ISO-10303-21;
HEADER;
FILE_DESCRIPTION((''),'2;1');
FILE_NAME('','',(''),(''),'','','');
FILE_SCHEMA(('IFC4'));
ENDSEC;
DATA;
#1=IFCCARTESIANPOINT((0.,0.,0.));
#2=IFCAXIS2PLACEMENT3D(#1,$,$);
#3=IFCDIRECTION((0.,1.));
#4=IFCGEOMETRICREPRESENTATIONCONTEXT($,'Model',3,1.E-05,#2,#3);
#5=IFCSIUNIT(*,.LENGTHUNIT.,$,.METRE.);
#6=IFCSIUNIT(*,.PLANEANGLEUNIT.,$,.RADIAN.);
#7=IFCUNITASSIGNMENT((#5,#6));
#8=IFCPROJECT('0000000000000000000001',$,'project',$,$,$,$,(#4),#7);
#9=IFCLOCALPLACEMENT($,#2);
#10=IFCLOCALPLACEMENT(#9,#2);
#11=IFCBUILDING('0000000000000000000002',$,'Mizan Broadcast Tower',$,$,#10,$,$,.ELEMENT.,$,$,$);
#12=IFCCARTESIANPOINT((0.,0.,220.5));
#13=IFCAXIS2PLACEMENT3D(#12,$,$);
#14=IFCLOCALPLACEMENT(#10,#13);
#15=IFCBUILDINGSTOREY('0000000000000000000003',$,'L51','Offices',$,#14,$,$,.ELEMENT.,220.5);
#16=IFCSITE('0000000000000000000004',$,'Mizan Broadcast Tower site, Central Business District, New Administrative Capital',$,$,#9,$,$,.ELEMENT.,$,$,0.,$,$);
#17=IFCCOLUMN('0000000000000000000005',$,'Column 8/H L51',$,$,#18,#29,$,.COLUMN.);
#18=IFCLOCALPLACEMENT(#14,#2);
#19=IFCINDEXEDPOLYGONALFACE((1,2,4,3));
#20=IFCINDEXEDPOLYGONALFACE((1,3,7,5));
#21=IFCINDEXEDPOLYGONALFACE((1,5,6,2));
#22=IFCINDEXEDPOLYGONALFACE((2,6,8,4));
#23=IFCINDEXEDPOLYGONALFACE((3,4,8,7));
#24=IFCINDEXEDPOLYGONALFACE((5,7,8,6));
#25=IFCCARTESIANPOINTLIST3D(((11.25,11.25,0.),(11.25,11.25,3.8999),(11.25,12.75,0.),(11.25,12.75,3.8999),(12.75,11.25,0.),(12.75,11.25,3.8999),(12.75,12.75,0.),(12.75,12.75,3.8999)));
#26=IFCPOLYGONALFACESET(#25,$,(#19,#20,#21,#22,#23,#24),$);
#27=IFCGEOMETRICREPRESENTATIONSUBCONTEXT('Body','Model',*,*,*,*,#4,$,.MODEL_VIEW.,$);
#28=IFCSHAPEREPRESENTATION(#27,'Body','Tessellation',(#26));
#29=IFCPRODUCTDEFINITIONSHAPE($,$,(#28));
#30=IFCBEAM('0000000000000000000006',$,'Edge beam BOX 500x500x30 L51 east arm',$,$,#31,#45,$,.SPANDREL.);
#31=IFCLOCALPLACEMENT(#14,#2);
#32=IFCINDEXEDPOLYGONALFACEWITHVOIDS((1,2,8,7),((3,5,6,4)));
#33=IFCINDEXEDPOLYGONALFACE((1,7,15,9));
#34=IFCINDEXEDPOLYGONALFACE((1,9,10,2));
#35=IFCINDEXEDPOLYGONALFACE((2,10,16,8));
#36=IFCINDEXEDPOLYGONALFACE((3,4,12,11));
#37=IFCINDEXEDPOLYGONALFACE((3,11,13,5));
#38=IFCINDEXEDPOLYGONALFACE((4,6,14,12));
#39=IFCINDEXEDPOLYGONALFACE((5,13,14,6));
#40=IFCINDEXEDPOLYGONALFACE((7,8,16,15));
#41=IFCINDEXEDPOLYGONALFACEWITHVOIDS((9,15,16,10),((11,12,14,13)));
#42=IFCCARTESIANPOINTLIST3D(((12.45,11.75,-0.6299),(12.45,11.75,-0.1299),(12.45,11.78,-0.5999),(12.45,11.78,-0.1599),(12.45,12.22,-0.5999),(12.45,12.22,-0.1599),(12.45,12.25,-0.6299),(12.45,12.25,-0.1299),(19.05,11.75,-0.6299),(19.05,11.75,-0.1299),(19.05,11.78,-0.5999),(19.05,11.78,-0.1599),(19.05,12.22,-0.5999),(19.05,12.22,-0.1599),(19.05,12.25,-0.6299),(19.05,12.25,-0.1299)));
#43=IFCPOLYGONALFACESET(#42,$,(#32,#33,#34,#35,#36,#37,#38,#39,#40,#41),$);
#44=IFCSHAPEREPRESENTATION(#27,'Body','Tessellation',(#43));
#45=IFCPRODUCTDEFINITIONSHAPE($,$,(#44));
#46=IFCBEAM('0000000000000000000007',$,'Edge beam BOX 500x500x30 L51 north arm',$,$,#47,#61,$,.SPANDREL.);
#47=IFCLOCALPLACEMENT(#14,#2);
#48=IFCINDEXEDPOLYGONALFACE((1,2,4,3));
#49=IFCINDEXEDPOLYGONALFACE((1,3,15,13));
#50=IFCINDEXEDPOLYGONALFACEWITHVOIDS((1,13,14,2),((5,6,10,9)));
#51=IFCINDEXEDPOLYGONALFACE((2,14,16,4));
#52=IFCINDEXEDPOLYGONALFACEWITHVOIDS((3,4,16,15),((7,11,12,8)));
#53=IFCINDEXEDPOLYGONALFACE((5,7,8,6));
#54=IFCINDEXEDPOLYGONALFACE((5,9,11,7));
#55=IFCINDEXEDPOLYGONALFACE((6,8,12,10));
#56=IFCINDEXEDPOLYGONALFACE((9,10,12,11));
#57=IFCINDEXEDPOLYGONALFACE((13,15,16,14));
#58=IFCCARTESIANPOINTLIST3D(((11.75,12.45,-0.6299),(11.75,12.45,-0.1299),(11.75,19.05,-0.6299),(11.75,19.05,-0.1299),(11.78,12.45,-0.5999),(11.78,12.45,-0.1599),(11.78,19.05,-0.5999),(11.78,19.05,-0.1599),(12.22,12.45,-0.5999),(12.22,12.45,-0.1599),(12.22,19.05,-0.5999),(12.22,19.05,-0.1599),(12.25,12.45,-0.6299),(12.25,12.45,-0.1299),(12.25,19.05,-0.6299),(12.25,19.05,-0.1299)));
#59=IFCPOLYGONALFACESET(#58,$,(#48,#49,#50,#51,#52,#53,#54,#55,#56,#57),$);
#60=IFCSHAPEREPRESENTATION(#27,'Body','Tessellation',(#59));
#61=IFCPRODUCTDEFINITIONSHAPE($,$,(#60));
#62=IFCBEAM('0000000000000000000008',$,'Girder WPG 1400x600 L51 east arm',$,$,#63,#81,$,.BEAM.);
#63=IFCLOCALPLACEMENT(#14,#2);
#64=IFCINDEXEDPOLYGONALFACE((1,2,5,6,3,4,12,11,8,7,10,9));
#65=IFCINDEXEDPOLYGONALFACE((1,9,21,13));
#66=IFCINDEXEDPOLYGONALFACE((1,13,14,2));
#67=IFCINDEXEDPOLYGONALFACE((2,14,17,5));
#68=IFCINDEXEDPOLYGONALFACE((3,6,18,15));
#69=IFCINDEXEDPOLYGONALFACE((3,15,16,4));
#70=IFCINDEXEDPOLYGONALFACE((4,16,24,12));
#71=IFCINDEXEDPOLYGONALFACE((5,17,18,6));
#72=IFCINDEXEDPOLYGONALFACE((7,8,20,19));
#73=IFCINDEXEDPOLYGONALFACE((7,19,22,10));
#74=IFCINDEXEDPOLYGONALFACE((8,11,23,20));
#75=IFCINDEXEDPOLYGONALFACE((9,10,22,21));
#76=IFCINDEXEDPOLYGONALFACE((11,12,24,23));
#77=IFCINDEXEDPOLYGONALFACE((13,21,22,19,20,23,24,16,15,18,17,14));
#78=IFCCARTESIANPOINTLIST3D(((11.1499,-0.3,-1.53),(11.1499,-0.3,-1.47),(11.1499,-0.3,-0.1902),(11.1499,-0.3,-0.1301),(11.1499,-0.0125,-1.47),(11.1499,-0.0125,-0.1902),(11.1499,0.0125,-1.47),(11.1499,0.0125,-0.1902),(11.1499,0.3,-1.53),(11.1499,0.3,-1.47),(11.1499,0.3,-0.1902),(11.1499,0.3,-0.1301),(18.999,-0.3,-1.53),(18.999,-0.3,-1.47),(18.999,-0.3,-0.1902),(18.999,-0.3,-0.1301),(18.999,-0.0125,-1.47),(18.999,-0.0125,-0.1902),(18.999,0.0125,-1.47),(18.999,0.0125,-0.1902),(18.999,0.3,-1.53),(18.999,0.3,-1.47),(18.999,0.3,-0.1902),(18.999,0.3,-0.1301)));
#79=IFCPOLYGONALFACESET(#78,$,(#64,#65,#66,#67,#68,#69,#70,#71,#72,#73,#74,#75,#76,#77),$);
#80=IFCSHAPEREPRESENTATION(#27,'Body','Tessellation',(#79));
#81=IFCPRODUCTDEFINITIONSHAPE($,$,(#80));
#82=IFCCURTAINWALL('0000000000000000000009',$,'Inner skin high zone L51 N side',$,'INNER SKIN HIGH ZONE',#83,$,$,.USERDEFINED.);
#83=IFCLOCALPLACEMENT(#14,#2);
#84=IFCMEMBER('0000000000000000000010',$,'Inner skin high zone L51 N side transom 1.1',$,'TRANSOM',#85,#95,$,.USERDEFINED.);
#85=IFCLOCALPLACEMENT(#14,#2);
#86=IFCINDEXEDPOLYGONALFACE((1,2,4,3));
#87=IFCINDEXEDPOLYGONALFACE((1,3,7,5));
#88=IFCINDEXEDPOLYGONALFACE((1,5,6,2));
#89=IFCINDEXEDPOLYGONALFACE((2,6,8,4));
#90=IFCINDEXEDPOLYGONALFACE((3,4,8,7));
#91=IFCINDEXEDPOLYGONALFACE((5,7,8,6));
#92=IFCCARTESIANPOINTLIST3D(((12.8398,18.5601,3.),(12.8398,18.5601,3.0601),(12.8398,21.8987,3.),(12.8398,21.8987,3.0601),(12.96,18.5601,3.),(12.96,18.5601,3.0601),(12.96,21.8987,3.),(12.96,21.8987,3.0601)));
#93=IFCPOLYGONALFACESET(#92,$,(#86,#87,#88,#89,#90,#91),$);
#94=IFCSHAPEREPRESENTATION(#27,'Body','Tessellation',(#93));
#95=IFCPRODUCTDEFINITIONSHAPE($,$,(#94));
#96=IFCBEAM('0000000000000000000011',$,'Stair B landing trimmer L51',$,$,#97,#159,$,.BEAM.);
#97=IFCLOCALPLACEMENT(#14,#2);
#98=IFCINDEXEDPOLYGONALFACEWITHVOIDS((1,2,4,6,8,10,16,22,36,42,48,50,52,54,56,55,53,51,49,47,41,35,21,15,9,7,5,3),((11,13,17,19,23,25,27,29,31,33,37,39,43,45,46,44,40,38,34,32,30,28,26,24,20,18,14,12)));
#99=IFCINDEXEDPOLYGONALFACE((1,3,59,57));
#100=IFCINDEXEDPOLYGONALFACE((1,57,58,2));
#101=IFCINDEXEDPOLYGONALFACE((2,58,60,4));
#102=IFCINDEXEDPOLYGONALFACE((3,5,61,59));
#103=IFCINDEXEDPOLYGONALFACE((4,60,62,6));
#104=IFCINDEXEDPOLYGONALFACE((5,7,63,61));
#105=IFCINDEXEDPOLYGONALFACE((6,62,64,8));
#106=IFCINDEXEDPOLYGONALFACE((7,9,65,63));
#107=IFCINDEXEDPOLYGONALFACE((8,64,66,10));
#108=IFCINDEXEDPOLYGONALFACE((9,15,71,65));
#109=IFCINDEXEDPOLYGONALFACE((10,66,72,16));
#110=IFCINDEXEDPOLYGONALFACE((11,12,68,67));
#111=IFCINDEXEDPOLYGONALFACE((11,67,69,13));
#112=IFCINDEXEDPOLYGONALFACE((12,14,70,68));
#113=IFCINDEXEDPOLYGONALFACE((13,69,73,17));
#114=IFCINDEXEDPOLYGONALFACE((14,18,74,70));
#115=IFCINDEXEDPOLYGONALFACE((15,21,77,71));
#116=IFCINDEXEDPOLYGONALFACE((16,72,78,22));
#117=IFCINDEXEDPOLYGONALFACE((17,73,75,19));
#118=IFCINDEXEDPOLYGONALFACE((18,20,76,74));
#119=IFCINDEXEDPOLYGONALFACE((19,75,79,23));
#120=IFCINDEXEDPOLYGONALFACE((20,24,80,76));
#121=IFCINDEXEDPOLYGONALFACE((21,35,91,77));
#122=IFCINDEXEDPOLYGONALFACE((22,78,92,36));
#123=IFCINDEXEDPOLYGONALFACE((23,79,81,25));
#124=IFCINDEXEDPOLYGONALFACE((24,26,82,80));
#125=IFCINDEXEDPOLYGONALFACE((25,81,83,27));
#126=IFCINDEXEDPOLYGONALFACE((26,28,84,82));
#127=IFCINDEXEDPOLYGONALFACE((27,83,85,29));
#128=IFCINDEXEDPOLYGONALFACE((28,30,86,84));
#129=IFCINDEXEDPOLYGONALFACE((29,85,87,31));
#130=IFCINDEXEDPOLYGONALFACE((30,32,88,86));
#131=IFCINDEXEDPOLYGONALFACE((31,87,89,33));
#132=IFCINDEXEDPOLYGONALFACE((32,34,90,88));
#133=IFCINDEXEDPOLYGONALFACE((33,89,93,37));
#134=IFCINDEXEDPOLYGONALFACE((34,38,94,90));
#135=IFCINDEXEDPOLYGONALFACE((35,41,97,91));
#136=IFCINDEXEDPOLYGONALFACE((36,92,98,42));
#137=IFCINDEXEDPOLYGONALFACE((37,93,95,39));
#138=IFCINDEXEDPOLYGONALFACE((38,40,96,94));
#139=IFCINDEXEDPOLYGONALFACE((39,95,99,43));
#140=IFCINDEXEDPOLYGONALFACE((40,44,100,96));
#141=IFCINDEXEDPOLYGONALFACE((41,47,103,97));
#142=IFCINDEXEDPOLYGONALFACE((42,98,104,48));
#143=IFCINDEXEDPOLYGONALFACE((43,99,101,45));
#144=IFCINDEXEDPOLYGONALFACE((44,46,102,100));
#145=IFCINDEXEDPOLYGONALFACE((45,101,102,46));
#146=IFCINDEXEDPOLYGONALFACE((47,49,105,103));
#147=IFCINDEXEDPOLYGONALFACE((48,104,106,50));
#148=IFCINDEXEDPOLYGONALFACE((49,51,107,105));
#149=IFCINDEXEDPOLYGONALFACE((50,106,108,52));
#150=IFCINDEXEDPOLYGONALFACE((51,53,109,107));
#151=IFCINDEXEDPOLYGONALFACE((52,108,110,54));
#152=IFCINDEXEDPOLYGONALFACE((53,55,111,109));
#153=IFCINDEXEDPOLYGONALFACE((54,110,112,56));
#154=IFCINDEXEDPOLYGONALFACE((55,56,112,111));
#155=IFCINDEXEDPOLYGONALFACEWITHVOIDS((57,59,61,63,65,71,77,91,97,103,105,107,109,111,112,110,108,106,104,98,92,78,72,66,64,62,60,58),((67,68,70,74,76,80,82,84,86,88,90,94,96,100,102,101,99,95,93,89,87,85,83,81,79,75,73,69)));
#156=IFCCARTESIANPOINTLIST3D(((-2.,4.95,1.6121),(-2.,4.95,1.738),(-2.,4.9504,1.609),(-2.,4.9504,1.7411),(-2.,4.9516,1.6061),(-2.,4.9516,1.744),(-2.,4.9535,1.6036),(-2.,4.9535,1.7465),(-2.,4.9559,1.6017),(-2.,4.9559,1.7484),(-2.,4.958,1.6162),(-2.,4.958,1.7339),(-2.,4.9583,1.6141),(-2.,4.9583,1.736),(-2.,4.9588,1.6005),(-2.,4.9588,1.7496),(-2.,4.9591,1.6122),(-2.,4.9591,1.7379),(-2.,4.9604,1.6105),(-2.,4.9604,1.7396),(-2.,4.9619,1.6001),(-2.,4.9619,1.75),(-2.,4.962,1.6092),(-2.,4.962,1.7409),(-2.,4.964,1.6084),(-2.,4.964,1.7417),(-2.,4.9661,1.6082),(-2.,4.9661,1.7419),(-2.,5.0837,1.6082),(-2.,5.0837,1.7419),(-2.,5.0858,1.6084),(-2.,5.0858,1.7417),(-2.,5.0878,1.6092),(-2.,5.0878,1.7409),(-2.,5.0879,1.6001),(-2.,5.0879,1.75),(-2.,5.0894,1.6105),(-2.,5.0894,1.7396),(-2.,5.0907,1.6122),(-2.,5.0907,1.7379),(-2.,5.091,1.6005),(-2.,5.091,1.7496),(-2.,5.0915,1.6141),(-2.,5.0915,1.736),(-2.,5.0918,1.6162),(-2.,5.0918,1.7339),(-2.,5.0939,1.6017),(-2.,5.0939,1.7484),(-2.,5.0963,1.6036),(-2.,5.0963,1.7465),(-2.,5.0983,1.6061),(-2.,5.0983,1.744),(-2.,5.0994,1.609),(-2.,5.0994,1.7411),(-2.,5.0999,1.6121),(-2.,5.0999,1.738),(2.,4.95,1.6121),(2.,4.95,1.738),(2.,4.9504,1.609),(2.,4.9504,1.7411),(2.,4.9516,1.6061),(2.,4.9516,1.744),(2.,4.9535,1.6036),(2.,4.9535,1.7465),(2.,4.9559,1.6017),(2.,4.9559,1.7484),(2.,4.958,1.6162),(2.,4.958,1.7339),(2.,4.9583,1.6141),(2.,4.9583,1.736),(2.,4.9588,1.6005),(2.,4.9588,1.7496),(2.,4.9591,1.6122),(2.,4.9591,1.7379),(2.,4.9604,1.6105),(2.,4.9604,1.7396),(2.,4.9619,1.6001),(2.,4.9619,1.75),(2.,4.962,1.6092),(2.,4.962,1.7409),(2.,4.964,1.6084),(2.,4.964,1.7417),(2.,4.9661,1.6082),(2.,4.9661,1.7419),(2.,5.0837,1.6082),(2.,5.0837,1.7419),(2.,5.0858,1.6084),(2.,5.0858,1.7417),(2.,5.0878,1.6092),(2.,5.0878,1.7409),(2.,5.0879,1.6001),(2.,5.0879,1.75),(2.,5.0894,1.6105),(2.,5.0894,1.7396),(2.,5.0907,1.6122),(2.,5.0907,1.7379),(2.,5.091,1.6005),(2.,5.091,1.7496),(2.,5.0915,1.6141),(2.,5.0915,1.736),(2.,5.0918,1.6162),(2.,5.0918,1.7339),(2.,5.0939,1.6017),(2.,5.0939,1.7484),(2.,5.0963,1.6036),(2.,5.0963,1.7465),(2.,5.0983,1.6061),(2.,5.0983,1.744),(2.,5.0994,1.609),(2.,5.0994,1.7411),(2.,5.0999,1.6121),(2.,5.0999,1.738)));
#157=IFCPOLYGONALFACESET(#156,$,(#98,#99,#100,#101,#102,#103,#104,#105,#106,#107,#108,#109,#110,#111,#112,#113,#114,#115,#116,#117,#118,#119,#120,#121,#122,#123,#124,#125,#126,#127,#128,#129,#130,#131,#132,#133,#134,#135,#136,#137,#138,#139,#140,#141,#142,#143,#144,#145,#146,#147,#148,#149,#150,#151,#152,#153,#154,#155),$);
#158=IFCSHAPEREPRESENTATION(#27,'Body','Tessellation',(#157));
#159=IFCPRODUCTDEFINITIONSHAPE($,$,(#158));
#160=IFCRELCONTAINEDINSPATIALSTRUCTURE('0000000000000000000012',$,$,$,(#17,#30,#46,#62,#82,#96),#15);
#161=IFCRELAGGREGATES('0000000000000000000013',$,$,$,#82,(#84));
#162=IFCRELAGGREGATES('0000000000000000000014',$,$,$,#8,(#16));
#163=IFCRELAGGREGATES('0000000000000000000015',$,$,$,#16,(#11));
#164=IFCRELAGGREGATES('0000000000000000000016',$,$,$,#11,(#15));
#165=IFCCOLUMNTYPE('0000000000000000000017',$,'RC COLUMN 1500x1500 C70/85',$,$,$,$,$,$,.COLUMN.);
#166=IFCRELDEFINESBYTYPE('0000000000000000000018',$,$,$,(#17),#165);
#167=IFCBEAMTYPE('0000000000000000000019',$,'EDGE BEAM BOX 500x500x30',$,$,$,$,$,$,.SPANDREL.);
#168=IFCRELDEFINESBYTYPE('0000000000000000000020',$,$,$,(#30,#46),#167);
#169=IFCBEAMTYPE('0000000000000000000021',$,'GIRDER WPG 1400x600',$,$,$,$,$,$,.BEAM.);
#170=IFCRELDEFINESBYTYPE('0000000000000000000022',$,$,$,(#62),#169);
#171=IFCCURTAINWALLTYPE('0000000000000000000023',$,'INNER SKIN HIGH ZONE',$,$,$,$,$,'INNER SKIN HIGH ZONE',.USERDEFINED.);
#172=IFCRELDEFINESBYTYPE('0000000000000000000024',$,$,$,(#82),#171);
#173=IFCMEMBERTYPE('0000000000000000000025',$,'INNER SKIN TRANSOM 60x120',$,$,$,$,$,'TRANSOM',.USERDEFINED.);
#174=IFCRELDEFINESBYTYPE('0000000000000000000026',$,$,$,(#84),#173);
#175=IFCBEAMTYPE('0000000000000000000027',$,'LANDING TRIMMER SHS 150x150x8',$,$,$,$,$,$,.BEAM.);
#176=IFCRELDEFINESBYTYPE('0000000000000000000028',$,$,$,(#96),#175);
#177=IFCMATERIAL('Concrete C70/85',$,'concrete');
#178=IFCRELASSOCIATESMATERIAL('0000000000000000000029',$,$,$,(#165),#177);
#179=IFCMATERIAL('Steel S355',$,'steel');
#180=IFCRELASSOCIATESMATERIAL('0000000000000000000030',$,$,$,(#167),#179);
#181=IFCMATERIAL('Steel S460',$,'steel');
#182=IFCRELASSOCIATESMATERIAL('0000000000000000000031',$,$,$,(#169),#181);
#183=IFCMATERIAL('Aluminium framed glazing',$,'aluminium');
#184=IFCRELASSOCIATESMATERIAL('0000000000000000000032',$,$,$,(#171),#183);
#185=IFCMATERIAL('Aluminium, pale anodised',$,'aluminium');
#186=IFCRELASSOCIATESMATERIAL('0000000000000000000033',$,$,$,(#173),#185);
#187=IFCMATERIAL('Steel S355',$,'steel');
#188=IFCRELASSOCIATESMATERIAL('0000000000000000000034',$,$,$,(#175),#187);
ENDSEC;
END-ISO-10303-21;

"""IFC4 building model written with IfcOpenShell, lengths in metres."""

from ifc_helpers import new_model, si_unit, direction, frame, origin, origin_2d, place, context, subcontext, project, spatial, rectangle, hollow_rectangle, i_section, extrude, material, material_profile, profile_set, type_object, element, aggregate, save


model = new_model("IFC4")

# Units and contexts
model_context = context("Model", 3, precision=1e-05, world=origin(), true_north=direction((0.0, 1.0)))
body_context = subcontext(model_context, "Body", "Model", "MODEL_VIEW")
ifc_project = project(units=[si_unit("LENGTHUNIT", "METRE"), si_unit("PLANEANGLEUNIT", "RADIAN")], contexts=[model_context])

# Site, building, storey
site_placement = place(None, origin())
site = spatial("IfcSite", under=ifc_project, at=site_placement, Name="Mizan Broadcast Tower site, Central Business District, New Administrative Capital", CompositionType="ELEMENT", RefElevation=0.0)
building_placement = place(site_placement, origin())
building = spatial("IfcBuilding", under=site, at=building_placement, Name="Mizan Broadcast Tower", CompositionType="ELEMENT")
storey_placement = place(building_placement, frame((0.0, 0.0, 220.5)))
storey = spatial("IfcBuildingStorey", under=building, at=storey_placement, Name="L51", Description="Offices", CompositionType="ELEMENT", Elevation=220.5)

# Column
ifc_material_1 = material(Name="Concrete C70/85", Category="concrete")
ifc_material_profile_1 = material_profile(ifc_material_1, rectangle(XDim=1.5, YDim=1.5, at=origin_2d()), Name="RC 1500x1500")
ifc_profile_set_1 = profile_set([ifc_material_profile_1], Name="Concrete C70/85")
column_type = type_object("IfcColumnType", Name="RC COLUMN 1500x1500 C70/85", PredefinedType="COLUMN", material=ifc_profile_set_1)
column_placement = place(storey_placement, frame((12.0, 12.0, 0.0), z_axis=(0.0, 0.0, 1.0), x_axis=(1.0, 0.0, 0.0)))
element("IfcColumn", 1, at=column_placement, inside=storey, type_object=column_type, Name="Column 8/H L51", PredefinedType="COLUMN", context=body_context, shape_type="SweptSolid", body=[
    extrude(rectangle(XDim=1.5, YDim=1.5, at=origin_2d()), origin(), (0.0, 0.0, 1.0), 3.8999),
])

# Beams
ifc_material_2 = material(Name="Steel S355", Category="steel")
ifc_material_profile_2 = material_profile(ifc_material_2, hollow_rectangle(XDim=0.5, YDim=0.5, WallThickness=0.03, at=origin_2d()), Name="BOX 500x500x30")
ifc_profile_set_2 = profile_set([ifc_material_profile_2], Name="Steel S355")
beam_type_1 = type_object("IfcBeamType", Name="EDGE BEAM BOX 500x500x30", PredefinedType="SPANDREL", material=ifc_profile_set_2)
for number, where, z_axis, x_axis, name in (
    (2, (12.45, 12.0, -0.3799), (1.0, 0.0, 0.0), (0.0, 1.0, 0.0), "Edge beam BOX 500x500x30 L51 east arm"),
    (3, (12.0, 12.45, -0.3799), (0.0, 1.0, 0.0), (-1.0, 0.0, 0.0), "Edge beam BOX 500x500x30 L51 north arm"),
):
    element("IfcBeam", number, at=place(storey_placement, frame(where, z_axis=z_axis, x_axis=x_axis)), inside=storey, type_object=beam_type_1, Name=name, PredefinedType="SPANDREL", context=body_context, shape_type="SweptSolid", body=[
        extrude(hollow_rectangle(XDim=0.5, YDim=0.5, WallThickness=0.03, at=origin_2d()), origin(), (0.0, 0.0, 1.0), 6.6001),
    ])
ifc_material_3 = material(Name="Steel S460", Category="steel")
ifc_material_profile_3 = material_profile(ifc_material_3, i_section(OverallWidth=0.6001, OverallDepth=1.3999, WebThickness=0.0249, FlangeThickness=0.0601, at=origin_2d()), Name="WPG 1400x600")
ifc_profile_set_3 = profile_set([ifc_material_profile_3], Name="Steel S460")
beam_type_2 = type_object("IfcBeamType", Name="GIRDER WPG 1400x600", PredefinedType="BEAM", material=ifc_profile_set_3)
beam_1_placement = place(storey_placement, frame((11.1499, 0.0, -0.8301), z_axis=(1.0, 0.0, 0.0), x_axis=(0.0, 1.0, 0.0)))
element("IfcBeam", 4, at=beam_1_placement, inside=storey, type_object=beam_type_2, Name="Girder WPG 1400x600 L51 east arm", PredefinedType="BEAM", context=body_context, shape_type="SweptSolid", body=[
    extrude(i_section(OverallWidth=0.6001, OverallDepth=1.3999, WebThickness=0.0249, FlangeThickness=0.0601, at=origin_2d()), origin(), (0.0, 0.0, 1.0), 7.8491),
])

# Curtain wall, member
ifc_material_4 = material(Name="Aluminium framed glazing", Category="aluminium")
curtain_wall_type = type_object("IfcCurtainWallType", Name="INNER SKIN HIGH ZONE", ElementType="INNER SKIN HIGH ZONE", PredefinedType="USERDEFINED", material=ifc_material_4)
curtain_wall_placement = place(storey_placement, origin())
curtain_wall = element("IfcCurtainWall", 5, at=curtain_wall_placement, inside=storey, type_object=curtain_wall_type, Name="Inner skin high zone L51 N side", ObjectType="INNER SKIN HIGH ZONE", PredefinedType="USERDEFINED")
ifc_material_5 = material(Name="Aluminium, pale anodised", Category="aluminium")
ifc_material_profile_4 = material_profile(ifc_material_5, rectangle(XDim=0.1201, YDim=0.0601, at=origin_2d()), Name="TRANSOM 120x60")
ifc_profile_set_4 = profile_set([ifc_material_profile_4], Name="Aluminium, pale anodised")
member_type = type_object("IfcMemberType", Name="INNER SKIN TRANSOM 60x120", ElementType="TRANSOM", PredefinedType="USERDEFINED", material=ifc_profile_set_4)
member_placement = place(storey_placement, frame((12.8999, 18.5601, 3.03), z_axis=(0.0, 1.0, 0.0), x_axis=(-1.0, 0.0, 0.0)))
member = element("IfcMember", 6, at=member_placement, type_object=member_type, Name="Inner skin high zone L51 N side transom 1.1", ObjectType="TRANSOM", PredefinedType="USERDEFINED", context=body_context, shape_type="SweptSolid", body=[
    extrude(rectangle(XDim=0.1201, YDim=0.0601, at=origin_2d()), origin(), (0.0, 0.0, 1.0), 3.3386),
])
aggregate(curtain_wall, [member])

# Beam
ifc_material_6 = material(Name="Steel S355", Category="steel")
ifc_material_profile_5 = material_profile(ifc_material_6, hollow_rectangle(XDim=0.1499, YDim=0.1499, WallThickness=0.0081, InnerFilletRadius=0.0081, OuterFilletRadius=0.012, at=origin_2d()), Name="SHS 150x150x8")
ifc_profile_set_5 = profile_set([ifc_material_profile_5], Name="Steel S355")
beam_type_3 = type_object("IfcBeamType", Name="LANDING TRIMMER SHS 150x150x8", PredefinedType="BEAM", material=ifc_profile_set_5)
for number, where, z_axis, x_axis, name in (
    (7, (2.0, 5.0249, 1.675), (-1.0, 0.0, 0.0), (0.0, -1.0, 0.0), "Stair B landing trimmer L51"),
):
    element("IfcBeam", number, at=place(storey_placement, frame(where, z_axis=z_axis, x_axis=x_axis)), inside=storey, type_object=beam_type_3, Name=name, PredefinedType="BEAM", context=body_context, shape_type="SweptSolid", body=[
        extrude(hollow_rectangle(XDim=0.1499, YDim=0.1499, WallThickness=0.0081, InnerFilletRadius=0.0081, OuterFilletRadius=0.012, at=origin_2d()), origin(), (0.0, 0.0, 1.0), 4.0),
    ])

save(model, "model.ifc")
